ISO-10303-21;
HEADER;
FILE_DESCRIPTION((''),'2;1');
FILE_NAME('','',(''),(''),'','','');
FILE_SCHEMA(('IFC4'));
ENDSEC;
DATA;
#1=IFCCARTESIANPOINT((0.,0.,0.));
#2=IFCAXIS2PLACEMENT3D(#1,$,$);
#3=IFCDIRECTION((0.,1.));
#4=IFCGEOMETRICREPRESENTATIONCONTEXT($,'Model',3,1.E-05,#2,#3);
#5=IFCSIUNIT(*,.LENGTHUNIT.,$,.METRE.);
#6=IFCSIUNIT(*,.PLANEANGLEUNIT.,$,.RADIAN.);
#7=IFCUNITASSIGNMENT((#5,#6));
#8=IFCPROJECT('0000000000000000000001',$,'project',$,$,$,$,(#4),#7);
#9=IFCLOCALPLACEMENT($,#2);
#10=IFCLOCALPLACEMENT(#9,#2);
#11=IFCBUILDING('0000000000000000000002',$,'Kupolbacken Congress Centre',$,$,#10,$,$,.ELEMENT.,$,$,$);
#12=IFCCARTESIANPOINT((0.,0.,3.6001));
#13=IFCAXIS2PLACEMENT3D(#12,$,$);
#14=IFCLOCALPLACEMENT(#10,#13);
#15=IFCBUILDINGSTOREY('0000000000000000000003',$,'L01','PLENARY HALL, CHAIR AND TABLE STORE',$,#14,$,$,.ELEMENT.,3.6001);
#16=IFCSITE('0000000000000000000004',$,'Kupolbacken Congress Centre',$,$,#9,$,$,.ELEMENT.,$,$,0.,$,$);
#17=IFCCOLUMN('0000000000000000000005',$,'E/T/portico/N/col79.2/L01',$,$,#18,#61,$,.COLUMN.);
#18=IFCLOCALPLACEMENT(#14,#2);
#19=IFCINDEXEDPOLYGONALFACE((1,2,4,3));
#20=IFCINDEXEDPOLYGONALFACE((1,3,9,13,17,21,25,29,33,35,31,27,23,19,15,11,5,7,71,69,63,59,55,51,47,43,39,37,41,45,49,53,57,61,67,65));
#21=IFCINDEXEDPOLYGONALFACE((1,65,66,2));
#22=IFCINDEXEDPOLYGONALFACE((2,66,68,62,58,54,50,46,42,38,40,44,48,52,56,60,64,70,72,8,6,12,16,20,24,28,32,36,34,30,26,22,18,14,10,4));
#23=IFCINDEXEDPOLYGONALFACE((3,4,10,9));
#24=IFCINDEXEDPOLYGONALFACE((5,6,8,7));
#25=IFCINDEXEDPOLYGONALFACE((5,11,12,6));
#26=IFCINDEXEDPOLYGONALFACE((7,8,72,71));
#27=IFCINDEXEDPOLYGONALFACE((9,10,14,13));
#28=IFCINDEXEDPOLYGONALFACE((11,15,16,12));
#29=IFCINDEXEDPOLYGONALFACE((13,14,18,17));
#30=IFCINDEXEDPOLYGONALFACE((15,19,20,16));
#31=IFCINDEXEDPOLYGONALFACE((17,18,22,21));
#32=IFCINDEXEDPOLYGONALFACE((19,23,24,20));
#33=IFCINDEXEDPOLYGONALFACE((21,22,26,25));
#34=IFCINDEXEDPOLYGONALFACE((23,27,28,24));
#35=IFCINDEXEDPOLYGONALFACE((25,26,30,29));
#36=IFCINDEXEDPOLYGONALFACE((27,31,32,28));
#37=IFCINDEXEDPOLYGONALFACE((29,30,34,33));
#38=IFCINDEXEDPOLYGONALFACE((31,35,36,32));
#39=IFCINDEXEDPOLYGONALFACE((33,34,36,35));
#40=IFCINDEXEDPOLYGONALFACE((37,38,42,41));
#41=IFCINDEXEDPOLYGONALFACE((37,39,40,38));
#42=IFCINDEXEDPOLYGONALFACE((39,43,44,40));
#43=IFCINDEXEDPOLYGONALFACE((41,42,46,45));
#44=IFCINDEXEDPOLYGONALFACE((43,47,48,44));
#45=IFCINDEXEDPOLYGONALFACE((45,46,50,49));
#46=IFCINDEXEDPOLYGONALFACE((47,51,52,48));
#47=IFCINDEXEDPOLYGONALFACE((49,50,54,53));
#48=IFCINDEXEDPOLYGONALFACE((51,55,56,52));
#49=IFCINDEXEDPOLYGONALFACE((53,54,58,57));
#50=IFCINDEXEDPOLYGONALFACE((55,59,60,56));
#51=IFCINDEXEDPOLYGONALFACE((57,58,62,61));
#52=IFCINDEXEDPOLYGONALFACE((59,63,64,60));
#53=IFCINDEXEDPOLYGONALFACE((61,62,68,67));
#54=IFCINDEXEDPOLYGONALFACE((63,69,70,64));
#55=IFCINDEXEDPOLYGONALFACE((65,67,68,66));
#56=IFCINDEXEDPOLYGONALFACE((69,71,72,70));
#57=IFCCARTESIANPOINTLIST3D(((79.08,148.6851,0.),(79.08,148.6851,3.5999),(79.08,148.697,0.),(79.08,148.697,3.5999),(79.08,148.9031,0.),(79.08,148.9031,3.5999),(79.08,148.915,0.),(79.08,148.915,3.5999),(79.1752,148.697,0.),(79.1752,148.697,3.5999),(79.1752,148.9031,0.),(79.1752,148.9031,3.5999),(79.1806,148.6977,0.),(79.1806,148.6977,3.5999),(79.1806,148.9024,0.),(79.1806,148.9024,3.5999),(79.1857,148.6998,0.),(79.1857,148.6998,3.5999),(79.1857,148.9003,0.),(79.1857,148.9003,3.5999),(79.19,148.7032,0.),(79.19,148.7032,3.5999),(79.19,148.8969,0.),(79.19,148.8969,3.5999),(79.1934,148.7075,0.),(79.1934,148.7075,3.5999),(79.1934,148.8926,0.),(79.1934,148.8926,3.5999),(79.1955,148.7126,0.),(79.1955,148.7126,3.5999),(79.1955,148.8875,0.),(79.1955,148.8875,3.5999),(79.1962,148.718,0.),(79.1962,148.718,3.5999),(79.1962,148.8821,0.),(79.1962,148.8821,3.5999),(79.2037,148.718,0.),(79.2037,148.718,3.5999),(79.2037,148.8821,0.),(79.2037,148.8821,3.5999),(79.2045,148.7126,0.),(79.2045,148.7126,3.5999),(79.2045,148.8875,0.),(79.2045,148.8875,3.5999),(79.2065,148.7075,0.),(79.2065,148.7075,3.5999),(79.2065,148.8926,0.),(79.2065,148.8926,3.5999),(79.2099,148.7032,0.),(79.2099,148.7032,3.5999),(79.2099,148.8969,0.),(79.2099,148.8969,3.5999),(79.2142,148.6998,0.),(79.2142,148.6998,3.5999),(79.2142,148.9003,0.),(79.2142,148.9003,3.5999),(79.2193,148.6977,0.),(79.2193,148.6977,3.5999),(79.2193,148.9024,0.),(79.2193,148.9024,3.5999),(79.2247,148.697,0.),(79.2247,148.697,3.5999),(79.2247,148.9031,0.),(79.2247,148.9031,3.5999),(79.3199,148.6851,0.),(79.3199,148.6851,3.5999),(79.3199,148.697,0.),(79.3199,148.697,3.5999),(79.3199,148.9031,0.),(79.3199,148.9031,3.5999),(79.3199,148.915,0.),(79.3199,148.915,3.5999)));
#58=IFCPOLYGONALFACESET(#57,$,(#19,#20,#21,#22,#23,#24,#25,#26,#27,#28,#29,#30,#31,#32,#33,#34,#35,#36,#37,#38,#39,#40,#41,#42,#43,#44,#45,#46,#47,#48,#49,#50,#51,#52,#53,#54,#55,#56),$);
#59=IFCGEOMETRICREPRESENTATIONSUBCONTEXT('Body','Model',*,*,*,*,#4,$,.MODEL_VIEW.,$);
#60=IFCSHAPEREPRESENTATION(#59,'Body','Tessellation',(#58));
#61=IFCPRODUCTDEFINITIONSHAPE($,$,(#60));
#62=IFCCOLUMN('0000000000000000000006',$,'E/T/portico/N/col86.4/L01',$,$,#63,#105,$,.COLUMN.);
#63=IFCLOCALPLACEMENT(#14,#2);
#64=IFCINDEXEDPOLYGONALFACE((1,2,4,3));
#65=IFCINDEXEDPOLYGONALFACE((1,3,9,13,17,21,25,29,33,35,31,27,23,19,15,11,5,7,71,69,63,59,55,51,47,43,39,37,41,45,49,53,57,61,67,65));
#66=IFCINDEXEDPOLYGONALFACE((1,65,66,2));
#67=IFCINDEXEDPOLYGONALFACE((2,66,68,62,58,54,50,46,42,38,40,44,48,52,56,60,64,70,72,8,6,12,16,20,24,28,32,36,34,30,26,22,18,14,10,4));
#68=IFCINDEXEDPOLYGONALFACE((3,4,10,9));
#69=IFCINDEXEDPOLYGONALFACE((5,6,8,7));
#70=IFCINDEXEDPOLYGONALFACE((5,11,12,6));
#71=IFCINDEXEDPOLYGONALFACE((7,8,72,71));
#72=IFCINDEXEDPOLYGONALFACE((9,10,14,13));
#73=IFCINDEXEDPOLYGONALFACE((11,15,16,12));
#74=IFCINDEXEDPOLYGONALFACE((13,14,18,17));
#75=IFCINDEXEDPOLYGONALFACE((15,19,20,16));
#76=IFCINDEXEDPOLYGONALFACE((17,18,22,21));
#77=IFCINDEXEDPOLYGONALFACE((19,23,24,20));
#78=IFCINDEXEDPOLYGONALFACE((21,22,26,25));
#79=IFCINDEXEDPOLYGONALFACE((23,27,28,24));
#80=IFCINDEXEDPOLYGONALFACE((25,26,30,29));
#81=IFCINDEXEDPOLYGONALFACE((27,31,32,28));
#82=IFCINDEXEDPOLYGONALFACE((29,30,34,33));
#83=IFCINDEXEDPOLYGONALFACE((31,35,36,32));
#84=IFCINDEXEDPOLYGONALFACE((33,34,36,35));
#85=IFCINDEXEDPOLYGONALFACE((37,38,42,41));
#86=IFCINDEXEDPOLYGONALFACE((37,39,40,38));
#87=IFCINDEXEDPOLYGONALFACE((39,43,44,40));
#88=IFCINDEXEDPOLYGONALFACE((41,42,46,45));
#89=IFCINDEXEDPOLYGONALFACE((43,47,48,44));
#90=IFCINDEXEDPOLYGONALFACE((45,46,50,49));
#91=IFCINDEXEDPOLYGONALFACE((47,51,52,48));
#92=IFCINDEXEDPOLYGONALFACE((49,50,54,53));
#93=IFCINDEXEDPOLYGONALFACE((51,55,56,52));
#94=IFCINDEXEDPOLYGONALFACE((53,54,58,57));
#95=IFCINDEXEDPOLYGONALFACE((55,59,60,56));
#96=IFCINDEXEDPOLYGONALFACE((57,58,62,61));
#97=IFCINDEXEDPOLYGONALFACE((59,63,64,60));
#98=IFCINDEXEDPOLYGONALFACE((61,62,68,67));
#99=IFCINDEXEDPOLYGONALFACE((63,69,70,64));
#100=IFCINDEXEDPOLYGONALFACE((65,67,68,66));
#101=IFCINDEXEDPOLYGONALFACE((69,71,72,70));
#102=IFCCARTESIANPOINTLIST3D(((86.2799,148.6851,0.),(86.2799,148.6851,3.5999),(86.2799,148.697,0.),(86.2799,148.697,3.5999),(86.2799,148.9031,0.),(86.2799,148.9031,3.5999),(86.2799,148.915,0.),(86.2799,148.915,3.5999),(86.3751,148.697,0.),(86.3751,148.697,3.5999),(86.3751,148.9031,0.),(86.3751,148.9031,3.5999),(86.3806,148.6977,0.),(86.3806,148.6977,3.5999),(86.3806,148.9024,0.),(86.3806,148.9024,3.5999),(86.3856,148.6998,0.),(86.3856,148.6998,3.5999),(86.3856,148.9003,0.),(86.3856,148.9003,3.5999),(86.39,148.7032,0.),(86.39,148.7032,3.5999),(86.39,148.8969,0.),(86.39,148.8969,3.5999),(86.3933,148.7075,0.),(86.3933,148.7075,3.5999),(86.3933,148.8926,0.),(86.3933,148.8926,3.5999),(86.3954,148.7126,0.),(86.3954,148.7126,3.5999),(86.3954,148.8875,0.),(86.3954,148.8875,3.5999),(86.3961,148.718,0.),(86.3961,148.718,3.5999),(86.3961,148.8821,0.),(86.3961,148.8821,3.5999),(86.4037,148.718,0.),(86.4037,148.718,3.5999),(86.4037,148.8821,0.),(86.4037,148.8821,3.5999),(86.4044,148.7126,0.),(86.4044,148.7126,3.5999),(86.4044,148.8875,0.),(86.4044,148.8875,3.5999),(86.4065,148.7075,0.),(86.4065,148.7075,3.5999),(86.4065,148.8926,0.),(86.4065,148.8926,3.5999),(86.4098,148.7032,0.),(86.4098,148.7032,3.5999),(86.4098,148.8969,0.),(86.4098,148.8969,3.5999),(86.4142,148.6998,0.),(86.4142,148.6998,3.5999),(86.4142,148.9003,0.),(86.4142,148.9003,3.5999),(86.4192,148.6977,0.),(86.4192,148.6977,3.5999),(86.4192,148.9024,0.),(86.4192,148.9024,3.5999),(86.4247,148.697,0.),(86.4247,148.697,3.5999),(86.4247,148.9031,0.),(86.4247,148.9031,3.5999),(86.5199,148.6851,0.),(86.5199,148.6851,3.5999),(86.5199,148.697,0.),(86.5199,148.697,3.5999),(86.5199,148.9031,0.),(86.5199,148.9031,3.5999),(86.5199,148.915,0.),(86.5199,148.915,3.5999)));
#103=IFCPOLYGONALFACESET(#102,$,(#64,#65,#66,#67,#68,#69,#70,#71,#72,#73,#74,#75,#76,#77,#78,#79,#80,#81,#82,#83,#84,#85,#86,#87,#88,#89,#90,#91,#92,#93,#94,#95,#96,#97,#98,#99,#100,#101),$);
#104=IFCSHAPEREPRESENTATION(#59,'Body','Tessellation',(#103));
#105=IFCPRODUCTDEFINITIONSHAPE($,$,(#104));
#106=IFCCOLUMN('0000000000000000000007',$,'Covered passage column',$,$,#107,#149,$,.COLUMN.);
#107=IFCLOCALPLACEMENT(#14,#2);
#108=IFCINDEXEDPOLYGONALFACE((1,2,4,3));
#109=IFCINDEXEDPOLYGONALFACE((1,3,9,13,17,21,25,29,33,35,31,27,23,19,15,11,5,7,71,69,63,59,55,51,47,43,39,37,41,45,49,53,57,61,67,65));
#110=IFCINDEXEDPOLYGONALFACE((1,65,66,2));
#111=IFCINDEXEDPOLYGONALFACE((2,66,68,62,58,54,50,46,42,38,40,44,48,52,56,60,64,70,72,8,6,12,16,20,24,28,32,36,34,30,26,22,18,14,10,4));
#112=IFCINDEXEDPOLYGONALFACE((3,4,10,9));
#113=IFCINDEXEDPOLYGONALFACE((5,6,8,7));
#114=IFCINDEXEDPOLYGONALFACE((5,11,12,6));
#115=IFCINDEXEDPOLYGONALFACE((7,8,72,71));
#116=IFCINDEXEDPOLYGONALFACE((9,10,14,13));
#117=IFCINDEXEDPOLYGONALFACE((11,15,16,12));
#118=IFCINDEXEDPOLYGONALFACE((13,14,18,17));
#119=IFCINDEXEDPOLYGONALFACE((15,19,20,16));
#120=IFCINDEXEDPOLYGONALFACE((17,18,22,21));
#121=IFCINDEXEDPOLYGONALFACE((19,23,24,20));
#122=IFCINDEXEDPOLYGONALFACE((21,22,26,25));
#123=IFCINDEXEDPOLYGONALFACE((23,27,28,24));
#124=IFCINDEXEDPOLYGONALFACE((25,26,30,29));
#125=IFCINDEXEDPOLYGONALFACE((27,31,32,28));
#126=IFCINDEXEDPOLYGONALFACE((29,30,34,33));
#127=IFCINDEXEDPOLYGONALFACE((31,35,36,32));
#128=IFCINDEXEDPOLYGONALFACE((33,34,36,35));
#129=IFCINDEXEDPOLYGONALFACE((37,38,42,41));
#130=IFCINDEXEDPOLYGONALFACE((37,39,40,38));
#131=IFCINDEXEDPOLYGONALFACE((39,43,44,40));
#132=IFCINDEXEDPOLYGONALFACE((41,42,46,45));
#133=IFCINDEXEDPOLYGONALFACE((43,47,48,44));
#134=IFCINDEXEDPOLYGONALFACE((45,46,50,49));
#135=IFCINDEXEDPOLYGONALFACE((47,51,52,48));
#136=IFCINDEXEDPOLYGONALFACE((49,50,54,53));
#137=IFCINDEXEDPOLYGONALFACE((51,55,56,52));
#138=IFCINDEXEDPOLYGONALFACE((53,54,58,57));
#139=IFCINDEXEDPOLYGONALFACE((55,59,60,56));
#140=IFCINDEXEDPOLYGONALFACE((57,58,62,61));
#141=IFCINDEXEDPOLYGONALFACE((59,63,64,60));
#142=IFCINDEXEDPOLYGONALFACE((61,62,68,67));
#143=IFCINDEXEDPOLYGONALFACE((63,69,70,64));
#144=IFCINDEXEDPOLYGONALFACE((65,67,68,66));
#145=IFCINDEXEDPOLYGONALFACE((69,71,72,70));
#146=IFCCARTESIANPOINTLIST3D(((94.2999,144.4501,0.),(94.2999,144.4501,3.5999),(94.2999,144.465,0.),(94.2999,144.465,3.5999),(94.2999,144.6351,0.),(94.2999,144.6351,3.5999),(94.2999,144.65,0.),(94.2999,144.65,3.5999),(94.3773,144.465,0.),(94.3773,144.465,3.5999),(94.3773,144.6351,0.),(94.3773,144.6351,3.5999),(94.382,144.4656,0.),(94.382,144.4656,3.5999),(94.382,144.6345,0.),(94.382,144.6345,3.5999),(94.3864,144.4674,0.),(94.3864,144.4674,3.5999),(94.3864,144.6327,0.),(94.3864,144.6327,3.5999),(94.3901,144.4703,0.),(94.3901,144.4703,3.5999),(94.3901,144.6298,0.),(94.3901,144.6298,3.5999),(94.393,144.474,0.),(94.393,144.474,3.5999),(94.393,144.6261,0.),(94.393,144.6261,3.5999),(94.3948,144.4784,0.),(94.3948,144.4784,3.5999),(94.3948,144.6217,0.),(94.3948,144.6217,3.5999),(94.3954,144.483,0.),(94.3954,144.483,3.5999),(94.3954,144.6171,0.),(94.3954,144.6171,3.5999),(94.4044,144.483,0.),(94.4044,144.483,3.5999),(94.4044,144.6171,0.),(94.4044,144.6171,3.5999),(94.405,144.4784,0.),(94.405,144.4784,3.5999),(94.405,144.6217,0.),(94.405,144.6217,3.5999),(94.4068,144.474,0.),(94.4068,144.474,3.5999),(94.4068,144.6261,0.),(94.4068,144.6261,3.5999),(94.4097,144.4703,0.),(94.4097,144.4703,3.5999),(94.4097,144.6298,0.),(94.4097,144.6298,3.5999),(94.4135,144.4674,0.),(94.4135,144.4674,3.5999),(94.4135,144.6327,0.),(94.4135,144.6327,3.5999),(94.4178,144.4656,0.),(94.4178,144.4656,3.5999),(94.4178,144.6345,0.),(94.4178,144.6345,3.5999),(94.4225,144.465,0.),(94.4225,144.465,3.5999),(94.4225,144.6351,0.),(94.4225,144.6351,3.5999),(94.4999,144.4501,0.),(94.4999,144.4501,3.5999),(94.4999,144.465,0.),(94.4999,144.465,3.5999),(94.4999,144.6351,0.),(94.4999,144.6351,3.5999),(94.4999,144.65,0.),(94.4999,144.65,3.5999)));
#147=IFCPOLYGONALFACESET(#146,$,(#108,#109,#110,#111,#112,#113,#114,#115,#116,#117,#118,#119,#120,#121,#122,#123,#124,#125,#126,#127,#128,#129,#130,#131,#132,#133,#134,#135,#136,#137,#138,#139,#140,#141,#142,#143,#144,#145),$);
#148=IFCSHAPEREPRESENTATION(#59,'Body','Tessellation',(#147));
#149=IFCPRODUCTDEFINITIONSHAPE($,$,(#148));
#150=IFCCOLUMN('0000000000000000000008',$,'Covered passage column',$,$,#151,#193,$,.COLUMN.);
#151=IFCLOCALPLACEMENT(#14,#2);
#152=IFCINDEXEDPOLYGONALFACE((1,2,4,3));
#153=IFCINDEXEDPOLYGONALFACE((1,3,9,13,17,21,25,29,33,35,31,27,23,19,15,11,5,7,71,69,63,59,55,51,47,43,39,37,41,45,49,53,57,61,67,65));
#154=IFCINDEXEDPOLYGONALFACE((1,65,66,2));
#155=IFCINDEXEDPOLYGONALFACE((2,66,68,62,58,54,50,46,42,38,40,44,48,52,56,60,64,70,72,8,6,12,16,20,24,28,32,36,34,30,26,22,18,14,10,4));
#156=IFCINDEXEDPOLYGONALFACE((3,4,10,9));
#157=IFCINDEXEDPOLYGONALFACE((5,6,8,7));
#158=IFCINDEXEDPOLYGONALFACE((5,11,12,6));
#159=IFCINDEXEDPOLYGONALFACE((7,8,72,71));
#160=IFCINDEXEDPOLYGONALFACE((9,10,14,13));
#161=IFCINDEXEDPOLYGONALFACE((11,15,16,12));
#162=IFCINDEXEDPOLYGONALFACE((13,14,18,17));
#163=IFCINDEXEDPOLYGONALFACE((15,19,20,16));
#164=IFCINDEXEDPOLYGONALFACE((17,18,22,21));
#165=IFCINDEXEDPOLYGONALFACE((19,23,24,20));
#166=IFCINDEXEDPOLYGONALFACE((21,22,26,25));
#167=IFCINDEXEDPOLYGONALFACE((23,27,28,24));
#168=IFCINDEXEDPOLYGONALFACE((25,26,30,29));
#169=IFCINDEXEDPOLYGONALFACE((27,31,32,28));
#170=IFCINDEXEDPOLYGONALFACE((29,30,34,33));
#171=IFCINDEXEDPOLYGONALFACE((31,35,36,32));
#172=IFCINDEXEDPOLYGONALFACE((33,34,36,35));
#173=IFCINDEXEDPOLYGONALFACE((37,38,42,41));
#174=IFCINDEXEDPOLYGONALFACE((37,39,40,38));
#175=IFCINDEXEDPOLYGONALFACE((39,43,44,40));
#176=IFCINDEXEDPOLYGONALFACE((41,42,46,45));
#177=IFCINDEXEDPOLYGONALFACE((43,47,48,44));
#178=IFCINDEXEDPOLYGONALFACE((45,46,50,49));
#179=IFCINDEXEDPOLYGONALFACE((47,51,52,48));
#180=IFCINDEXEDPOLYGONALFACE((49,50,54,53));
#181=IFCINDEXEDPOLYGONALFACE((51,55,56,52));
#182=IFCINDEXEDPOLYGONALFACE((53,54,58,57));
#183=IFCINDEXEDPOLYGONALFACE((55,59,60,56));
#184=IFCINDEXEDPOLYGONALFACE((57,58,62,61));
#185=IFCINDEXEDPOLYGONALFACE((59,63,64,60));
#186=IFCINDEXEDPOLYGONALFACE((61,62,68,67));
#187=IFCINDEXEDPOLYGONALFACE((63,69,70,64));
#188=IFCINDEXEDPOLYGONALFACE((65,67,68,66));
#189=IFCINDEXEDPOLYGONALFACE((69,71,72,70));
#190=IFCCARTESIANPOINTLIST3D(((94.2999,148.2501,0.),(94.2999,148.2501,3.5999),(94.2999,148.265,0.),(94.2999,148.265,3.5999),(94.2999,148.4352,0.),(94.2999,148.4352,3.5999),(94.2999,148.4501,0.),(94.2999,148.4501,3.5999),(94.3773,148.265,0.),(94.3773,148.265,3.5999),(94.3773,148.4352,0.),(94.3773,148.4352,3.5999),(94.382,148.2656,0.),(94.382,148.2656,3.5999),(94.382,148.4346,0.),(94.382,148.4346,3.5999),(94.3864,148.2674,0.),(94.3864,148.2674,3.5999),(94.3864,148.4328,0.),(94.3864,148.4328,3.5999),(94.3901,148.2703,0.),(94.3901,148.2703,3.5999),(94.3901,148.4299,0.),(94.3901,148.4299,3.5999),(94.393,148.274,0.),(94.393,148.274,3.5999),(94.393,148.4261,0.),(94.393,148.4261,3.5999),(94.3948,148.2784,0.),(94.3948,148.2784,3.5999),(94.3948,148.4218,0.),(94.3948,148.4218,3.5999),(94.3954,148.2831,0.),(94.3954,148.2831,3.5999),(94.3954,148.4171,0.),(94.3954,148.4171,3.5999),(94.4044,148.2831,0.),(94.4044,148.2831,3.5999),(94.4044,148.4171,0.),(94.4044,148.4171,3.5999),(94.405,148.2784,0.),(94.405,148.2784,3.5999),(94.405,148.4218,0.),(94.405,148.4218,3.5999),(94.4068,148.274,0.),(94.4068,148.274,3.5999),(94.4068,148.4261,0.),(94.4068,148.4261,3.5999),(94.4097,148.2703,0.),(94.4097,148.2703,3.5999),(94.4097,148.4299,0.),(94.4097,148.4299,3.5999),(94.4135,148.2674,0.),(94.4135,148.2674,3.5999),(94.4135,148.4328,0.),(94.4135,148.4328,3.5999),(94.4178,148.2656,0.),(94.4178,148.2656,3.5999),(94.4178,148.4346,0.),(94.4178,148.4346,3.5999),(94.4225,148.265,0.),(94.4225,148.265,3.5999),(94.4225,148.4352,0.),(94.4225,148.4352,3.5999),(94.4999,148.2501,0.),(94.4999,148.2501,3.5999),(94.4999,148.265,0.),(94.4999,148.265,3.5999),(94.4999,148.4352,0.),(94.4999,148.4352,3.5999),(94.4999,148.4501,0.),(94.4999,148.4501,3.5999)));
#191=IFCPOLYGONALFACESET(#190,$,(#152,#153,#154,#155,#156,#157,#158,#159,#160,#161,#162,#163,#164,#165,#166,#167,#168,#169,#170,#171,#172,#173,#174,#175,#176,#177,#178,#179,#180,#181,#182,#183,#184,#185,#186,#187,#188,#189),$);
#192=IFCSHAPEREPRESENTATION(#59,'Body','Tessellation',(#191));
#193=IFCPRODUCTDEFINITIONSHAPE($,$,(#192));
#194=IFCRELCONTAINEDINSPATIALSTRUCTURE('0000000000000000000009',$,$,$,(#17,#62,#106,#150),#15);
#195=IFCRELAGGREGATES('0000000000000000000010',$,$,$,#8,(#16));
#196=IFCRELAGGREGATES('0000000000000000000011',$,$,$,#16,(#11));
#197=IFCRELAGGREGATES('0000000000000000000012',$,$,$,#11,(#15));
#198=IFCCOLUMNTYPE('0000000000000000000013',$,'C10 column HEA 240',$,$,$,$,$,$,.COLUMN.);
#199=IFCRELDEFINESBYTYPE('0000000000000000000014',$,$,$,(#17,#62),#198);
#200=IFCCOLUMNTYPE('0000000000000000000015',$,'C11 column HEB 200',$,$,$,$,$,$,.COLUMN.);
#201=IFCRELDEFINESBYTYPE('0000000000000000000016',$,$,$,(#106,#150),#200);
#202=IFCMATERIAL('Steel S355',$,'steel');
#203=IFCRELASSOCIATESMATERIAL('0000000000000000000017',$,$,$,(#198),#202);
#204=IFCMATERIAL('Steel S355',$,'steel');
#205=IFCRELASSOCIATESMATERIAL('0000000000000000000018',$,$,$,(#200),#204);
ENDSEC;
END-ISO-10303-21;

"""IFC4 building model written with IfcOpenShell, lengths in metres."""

from ifc_helpers import new_model, si_unit, direction, frame, origin, origin_2d, place, context, subcontext, project, spatial, i_section, extrude, material, material_profile, profile_set, type_object, element, save


model = new_model("IFC4")

# Units and contexts
model_context = context("Model", 3, precision=1e-05, world=origin(), true_north=direction((0.0, 1.0)))
body_context = subcontext(model_context, "Body", "Model", "MODEL_VIEW")
ifc_project = project(units=[si_unit("LENGTHUNIT", "METRE"), si_unit("PLANEANGLEUNIT", "RADIAN")], contexts=[model_context])

# Site, building, storey
site_placement = place(None, origin())
site = spatial("IfcSite", under=ifc_project, at=site_placement, Name="Kupolbacken Congress Centre", CompositionType="ELEMENT", RefElevation=0.0)
building_placement = place(site_placement, origin())
building = spatial("IfcBuilding", under=site, at=building_placement, Name="Kupolbacken Congress Centre", CompositionType="ELEMENT")
storey_placement = place(building_placement, frame((0.0, 0.0, 3.6001)))
storey = spatial("IfcBuildingStorey", under=building, at=storey_placement, Name="L01", Description="PLENARY HALL, CHAIR AND TABLE STORE", CompositionType="ELEMENT", Elevation=3.6001)

# Columns
ifc_material_1 = material(Name="Steel S355", Category="steel")
ifc_material_profile_1 = material_profile(ifc_material_1, i_section(OverallWidth=0.24, OverallDepth=0.23, WebThickness=0.0076, FlangeThickness=0.012, FilletRadius=0.021, at=origin_2d()), Name="HEA 240")
ifc_profile_set_1 = profile_set([ifc_material_profile_1], Name="Steel S355")
column_type_1 = type_object("IfcColumnType", Name="C10 column HEA 240", PredefinedType="COLUMN", material=ifc_profile_set_1)
for number, where, z_axis, x_axis, name in (
    (1, (79.2, 148.8, 0.0), (0.0, 0.0, 1.0), (1.0, 0.0, 0.0), "E/T/portico/N/col79.2/L01"),
    (2, (86.3999, 148.8, 0.0), (0.0, 0.0, 1.0), (1.0, 0.0, 0.0), "E/T/portico/N/col86.4/L01"),
):
    element("IfcColumn", number, at=place(storey_placement, frame(where, z_axis=z_axis, x_axis=x_axis)), inside=storey, type_object=column_type_1, Name=name, PredefinedType="COLUMN", context=body_context, shape_type="SweptSolid", body=[
        extrude(i_section(OverallWidth=0.24, OverallDepth=0.23, WebThickness=0.0076, FlangeThickness=0.012, FilletRadius=0.021, at=origin_2d()), origin(), (0.0, 0.0, 1.0), 3.5999),
    ])
ifc_material_2 = material(Name="Steel S355", Category="steel")
ifc_material_profile_2 = material_profile(ifc_material_2, i_section(OverallWidth=0.2, OverallDepth=0.2, WebThickness=0.009, FlangeThickness=0.0149, FilletRadius=0.0181, at=origin_2d()), Name="HEB 200")
ifc_profile_set_2 = profile_set([ifc_material_profile_2], Name="Steel S355")
column_type_2 = type_object("IfcColumnType", Name="C11 column HEB 200", PredefinedType="COLUMN", material=ifc_profile_set_2)
for number, where, z_axis, x_axis, name in (
    (3, (94.3999, 144.55, 0.0), (0.0, 0.0, 1.0), (1.0, 0.0, 0.0), "Covered passage column"),
    (4, (94.3999, 148.3501, 0.0), (0.0, 0.0, 1.0), (1.0, 0.0, 0.0), "Covered passage column"),
):
    element("IfcColumn", number, at=place(storey_placement, frame(where, z_axis=z_axis, x_axis=x_axis)), inside=storey, type_object=column_type_2, Name=name, PredefinedType="COLUMN", context=body_context, shape_type="SweptSolid", body=[
        extrude(i_section(OverallWidth=0.2, OverallDepth=0.2, WebThickness=0.009, FlangeThickness=0.0149, FilletRadius=0.0181, at=origin_2d()), origin(), (0.0, 0.0, 1.0), 3.5999),
    ])

save(model, "model.ifc")
